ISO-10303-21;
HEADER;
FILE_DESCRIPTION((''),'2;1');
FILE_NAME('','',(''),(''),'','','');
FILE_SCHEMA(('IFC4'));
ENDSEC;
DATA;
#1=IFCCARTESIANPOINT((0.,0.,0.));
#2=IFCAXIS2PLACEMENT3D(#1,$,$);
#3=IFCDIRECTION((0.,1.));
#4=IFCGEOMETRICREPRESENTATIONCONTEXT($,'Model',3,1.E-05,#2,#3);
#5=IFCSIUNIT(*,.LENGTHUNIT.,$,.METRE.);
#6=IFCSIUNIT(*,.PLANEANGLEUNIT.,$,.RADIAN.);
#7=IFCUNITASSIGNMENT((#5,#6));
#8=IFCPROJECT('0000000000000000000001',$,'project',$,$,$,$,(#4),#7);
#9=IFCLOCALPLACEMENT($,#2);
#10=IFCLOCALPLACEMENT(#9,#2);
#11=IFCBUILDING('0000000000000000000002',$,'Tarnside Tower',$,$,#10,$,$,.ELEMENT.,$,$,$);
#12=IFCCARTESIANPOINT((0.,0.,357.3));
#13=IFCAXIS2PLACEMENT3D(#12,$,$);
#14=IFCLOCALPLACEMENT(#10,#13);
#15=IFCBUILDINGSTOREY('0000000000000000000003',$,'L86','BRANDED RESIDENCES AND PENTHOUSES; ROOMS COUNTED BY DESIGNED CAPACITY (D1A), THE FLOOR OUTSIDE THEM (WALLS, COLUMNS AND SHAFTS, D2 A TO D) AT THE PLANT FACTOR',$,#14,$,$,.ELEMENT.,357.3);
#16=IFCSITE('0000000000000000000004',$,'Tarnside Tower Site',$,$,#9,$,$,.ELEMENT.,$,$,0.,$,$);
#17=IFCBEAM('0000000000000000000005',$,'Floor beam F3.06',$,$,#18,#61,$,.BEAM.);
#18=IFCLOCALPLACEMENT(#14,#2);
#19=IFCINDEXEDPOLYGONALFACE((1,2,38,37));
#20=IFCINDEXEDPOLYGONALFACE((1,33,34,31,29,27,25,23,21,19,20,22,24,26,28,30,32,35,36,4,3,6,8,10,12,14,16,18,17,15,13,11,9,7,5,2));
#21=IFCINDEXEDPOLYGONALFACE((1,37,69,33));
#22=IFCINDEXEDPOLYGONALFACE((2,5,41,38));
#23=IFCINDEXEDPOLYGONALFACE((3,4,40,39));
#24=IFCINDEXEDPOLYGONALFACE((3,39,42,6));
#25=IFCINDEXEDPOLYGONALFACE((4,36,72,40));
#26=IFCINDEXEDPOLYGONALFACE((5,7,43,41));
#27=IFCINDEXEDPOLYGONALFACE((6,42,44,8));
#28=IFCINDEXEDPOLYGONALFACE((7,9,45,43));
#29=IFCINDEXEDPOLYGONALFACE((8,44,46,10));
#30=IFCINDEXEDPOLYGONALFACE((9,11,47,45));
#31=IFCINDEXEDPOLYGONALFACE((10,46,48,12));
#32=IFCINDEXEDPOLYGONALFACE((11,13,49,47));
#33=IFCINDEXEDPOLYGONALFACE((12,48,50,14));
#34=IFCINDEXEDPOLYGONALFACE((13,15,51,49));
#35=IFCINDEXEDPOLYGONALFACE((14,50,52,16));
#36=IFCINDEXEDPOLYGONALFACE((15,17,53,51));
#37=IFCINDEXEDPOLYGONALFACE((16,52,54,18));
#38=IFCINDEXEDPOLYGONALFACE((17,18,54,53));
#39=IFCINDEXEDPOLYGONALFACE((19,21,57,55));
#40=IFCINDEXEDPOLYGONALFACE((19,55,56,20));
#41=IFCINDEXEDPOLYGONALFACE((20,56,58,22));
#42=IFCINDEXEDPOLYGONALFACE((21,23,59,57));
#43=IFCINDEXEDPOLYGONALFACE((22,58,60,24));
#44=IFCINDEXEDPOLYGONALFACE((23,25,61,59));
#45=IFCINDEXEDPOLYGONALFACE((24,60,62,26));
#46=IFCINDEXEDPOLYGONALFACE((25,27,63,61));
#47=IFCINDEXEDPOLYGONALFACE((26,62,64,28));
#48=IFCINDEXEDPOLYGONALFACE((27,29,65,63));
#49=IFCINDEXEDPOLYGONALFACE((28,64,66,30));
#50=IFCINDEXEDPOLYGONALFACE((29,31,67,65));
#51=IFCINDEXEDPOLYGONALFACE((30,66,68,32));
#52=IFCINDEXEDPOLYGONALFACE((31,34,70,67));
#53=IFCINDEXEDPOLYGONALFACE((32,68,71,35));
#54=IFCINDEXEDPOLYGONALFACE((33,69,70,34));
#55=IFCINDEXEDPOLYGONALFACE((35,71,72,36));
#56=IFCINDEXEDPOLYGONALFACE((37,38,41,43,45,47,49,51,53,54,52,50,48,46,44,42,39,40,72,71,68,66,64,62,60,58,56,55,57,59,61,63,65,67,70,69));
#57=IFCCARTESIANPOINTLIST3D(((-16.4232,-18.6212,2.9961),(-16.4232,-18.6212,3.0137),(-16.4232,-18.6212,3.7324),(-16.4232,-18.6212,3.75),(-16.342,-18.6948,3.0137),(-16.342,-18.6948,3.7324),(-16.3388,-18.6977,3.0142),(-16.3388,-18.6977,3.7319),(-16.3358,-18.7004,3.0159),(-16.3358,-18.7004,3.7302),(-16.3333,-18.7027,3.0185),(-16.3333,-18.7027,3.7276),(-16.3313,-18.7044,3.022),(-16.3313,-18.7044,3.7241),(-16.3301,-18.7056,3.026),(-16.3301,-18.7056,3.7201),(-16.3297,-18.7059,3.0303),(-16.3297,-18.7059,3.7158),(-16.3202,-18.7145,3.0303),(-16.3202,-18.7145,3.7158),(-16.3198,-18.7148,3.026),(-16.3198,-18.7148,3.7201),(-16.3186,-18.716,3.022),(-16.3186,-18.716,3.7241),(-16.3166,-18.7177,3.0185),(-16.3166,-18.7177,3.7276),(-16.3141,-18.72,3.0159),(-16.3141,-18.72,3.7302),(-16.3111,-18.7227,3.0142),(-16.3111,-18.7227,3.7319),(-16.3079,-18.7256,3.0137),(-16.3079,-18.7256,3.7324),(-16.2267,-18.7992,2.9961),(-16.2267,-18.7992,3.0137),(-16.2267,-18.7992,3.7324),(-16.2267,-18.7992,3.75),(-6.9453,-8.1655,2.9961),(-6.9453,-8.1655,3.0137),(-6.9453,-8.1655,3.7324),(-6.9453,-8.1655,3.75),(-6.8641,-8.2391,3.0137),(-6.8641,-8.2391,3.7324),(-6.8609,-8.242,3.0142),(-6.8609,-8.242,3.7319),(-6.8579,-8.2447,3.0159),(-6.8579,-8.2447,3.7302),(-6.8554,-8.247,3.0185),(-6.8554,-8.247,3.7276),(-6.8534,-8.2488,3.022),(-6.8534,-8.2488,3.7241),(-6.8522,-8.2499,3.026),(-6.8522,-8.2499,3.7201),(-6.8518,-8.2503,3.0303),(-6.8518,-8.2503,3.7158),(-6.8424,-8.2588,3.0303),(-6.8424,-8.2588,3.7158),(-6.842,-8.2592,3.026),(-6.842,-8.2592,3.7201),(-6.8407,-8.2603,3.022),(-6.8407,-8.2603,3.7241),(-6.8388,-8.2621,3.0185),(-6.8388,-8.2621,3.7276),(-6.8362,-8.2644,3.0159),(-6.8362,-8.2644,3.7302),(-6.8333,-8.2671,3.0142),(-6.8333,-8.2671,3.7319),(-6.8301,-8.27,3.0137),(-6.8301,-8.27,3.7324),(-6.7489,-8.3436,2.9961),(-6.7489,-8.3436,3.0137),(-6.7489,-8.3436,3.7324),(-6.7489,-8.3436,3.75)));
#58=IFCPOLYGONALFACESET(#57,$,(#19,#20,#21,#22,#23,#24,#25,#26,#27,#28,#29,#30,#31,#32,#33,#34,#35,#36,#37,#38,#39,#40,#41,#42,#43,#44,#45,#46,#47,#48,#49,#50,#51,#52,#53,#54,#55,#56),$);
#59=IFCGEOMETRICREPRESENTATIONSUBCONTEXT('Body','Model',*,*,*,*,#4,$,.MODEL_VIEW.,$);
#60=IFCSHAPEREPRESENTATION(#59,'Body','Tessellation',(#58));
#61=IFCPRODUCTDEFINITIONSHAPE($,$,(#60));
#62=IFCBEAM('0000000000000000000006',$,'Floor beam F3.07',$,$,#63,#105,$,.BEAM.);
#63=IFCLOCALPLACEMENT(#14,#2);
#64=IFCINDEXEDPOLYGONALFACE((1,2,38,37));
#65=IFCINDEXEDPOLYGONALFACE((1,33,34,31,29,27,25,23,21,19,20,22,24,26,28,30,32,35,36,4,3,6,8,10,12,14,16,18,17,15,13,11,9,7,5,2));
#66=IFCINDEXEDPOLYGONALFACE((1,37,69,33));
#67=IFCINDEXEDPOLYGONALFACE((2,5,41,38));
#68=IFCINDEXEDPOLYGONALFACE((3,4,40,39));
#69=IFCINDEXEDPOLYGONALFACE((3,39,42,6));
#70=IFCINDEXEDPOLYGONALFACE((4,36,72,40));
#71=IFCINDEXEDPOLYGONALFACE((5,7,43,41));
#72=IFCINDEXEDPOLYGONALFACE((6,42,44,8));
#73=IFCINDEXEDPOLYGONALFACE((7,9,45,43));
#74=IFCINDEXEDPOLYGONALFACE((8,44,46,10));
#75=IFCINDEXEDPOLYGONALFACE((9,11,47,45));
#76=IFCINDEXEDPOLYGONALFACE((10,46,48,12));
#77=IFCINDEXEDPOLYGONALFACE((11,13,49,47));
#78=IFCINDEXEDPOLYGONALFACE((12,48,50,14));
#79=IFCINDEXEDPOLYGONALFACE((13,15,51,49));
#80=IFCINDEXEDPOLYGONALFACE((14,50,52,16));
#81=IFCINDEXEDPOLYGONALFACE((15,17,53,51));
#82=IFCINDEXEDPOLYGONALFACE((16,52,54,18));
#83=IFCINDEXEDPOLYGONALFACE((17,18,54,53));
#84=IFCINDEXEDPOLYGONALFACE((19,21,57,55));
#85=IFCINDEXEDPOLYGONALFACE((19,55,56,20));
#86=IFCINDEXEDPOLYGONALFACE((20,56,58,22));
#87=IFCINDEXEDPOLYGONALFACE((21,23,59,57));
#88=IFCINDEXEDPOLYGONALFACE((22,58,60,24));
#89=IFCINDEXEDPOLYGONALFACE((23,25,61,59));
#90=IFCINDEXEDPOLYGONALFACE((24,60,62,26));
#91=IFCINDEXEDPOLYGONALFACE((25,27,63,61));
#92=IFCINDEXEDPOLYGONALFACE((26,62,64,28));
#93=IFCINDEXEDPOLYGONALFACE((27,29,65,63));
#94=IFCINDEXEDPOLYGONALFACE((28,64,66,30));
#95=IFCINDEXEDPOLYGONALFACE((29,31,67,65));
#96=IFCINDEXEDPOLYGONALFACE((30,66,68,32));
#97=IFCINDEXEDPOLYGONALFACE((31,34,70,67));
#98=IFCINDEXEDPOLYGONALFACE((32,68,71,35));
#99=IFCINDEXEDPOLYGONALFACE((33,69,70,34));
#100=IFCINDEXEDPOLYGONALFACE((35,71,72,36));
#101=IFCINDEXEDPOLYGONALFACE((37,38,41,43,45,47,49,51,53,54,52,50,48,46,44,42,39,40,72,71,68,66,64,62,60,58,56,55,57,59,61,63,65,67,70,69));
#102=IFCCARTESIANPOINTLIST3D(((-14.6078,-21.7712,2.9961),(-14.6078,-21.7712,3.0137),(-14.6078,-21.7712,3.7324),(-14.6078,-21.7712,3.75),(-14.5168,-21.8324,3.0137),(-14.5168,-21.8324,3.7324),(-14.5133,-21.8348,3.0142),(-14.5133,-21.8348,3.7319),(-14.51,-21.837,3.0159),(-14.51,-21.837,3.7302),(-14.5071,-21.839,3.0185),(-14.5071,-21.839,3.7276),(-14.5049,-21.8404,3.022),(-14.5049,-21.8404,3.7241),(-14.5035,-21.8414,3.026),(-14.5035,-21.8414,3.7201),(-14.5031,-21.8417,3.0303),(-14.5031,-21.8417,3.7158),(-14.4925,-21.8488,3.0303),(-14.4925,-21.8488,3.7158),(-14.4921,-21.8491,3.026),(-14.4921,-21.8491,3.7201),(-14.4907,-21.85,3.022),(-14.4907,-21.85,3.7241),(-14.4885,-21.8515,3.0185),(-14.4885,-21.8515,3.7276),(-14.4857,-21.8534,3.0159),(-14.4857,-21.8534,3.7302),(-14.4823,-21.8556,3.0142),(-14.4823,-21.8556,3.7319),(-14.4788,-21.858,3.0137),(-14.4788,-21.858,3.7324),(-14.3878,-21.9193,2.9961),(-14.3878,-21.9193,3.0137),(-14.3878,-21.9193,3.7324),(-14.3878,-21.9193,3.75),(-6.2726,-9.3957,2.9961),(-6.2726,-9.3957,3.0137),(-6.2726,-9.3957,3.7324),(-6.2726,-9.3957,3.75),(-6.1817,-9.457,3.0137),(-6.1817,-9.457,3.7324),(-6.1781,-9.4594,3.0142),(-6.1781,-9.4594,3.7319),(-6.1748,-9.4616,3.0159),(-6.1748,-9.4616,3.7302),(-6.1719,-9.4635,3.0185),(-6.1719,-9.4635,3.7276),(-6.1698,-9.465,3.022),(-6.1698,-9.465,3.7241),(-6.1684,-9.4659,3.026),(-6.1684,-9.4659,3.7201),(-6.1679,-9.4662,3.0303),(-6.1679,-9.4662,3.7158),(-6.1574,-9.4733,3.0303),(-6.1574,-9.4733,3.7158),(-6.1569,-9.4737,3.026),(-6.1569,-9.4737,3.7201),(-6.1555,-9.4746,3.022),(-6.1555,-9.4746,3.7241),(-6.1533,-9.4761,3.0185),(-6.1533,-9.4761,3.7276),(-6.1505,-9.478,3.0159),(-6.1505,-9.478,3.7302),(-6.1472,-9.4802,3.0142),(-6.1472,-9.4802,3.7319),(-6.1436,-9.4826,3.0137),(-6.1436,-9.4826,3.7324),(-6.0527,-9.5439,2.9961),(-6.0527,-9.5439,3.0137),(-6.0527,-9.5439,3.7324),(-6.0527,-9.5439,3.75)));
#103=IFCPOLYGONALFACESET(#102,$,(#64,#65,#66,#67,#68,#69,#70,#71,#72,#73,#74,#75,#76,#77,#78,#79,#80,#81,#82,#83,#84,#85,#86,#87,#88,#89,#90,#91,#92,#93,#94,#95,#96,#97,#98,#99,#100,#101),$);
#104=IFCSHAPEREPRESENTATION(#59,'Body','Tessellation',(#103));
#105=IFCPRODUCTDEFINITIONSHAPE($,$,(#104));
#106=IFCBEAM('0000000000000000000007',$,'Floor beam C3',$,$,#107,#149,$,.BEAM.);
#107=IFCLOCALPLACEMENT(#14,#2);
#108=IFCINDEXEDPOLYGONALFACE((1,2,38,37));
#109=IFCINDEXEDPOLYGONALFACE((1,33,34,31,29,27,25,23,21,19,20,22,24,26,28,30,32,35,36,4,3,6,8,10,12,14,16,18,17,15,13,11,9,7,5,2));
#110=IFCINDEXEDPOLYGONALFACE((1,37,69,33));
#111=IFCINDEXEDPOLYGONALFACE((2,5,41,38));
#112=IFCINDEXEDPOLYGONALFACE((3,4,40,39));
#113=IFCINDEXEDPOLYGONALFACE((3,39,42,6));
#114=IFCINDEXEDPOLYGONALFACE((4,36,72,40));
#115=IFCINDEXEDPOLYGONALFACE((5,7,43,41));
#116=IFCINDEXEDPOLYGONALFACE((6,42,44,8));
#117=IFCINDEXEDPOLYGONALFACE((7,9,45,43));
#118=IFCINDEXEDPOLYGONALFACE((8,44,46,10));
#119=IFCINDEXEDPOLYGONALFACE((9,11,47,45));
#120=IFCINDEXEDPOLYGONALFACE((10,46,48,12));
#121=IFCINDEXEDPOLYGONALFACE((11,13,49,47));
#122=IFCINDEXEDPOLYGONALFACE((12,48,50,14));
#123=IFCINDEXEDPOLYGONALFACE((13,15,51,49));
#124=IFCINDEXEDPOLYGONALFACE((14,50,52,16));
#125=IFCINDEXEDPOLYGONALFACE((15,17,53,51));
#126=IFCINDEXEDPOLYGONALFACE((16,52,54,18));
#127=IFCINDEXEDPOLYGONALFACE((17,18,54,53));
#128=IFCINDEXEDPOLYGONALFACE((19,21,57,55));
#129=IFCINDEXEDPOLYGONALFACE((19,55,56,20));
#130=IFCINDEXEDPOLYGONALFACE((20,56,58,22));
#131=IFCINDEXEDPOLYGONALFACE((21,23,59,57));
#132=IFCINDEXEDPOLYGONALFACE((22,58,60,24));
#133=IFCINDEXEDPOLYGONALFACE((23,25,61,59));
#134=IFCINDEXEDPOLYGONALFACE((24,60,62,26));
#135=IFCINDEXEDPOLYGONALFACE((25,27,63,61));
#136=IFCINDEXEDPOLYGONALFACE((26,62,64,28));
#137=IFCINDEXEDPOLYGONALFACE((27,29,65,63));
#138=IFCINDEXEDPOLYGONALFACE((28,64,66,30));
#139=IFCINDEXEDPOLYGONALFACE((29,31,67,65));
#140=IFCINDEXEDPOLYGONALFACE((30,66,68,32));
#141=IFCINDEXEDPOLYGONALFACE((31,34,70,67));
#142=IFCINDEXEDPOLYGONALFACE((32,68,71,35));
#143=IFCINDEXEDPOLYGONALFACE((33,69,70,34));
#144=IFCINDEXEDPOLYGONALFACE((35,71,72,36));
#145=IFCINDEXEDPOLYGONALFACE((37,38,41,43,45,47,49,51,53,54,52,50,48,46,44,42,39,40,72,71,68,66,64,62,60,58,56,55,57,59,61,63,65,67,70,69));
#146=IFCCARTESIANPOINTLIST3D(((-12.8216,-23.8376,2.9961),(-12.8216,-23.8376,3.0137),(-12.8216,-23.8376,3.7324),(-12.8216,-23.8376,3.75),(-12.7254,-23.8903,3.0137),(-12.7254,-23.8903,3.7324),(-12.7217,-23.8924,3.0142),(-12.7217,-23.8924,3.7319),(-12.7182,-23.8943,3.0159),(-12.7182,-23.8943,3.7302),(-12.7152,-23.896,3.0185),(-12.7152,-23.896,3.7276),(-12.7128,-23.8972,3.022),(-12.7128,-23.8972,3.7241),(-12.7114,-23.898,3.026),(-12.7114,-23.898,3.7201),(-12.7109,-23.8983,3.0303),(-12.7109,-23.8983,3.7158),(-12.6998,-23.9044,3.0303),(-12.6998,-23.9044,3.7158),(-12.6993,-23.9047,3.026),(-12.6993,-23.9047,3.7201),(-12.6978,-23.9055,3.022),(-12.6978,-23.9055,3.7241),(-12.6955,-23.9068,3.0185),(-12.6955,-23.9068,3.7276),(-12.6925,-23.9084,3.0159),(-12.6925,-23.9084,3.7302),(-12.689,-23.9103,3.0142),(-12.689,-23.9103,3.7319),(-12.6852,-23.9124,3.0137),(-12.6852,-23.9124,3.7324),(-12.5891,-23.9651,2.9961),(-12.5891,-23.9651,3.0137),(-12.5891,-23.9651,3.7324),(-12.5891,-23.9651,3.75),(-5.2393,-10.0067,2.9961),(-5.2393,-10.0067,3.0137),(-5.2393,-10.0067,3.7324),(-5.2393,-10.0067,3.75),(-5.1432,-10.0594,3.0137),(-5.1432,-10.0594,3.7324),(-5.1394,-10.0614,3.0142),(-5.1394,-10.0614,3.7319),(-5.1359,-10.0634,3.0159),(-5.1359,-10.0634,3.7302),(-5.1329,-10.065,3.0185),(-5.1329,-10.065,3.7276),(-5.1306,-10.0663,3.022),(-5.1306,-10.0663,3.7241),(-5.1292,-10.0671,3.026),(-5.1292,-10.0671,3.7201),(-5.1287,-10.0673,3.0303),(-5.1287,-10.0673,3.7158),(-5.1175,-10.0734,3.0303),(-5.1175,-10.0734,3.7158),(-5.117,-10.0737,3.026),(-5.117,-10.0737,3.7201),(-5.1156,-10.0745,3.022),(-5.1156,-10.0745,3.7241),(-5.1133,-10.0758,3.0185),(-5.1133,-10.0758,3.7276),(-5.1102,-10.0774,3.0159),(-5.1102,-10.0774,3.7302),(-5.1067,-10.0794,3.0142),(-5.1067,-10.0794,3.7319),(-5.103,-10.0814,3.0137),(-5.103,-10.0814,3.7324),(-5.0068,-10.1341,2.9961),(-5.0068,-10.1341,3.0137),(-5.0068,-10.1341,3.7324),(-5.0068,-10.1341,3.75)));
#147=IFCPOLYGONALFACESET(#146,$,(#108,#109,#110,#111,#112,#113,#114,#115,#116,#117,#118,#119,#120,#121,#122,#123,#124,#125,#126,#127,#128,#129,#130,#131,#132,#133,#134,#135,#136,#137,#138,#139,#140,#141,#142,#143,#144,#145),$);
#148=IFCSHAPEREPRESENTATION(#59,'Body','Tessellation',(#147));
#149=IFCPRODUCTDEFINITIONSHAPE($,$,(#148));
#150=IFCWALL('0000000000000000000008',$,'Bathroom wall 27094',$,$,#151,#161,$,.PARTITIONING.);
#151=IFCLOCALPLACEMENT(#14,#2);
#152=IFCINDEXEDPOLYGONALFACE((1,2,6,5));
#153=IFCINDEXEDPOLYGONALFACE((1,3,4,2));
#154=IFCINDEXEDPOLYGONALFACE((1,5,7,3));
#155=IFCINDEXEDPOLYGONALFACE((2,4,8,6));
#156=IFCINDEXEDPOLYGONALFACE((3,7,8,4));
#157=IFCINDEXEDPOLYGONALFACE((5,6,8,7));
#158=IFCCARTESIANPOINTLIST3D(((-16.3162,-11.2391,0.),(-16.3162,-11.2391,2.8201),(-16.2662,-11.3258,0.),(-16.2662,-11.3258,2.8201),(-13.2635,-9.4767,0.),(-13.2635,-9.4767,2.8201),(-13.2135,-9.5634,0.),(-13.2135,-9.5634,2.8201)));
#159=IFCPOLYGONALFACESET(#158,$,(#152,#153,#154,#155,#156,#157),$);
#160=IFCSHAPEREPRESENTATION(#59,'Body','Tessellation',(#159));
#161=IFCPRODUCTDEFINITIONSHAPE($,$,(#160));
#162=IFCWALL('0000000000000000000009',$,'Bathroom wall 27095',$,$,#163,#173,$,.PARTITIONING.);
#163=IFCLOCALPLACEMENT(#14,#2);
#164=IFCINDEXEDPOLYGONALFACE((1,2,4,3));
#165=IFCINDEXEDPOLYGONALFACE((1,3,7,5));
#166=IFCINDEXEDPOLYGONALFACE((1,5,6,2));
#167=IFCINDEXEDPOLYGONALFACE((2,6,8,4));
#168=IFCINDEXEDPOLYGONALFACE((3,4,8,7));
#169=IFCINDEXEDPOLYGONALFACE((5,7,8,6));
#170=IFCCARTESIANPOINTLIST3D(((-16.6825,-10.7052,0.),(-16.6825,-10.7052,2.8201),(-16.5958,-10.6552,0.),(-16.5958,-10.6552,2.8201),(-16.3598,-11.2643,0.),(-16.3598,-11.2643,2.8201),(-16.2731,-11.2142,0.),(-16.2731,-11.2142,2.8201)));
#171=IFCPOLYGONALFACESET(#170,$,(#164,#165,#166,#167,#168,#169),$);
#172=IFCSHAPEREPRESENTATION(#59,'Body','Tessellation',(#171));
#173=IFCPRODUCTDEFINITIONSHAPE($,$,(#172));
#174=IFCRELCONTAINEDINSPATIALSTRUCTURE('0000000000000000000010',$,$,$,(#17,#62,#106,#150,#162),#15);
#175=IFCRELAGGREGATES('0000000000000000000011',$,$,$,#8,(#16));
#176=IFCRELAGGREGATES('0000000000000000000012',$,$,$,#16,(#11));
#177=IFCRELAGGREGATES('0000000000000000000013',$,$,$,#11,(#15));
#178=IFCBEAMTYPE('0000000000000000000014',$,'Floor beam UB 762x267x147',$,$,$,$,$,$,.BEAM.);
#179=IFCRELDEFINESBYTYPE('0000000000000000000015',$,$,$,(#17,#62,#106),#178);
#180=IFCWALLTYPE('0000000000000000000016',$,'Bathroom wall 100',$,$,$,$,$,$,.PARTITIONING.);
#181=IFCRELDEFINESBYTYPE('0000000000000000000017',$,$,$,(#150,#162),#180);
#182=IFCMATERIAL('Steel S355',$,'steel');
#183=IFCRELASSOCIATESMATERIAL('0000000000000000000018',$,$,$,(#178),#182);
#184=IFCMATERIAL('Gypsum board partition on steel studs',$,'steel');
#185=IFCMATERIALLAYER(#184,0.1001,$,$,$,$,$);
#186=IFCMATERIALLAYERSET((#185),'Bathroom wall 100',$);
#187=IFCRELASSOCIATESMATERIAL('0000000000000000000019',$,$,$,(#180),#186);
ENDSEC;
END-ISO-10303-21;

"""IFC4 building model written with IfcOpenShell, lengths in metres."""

from ifc_helpers import new_model, si_unit, direction, frame, frame_2d, origin, origin_2d, place, context, subcontext, project, spatial, rectangle, i_section, extrude, material, layer, layer_set, material_profile, profile_set, type_object, element, save


model = new_model("IFC4")

# Units and contexts
model_context = context("Model", 3, precision=1e-05, world=origin(), true_north=direction((0.0, 1.0)))
body_context = subcontext(model_context, "Body", "Model", "MODEL_VIEW")
ifc_project = project(units=[si_unit("LENGTHUNIT", "METRE"), si_unit("PLANEANGLEUNIT", "RADIAN")], contexts=[model_context])

# Site, building, storey
site_placement = place(None, origin())
site = spatial("IfcSite", under=ifc_project, at=site_placement, Name="Tarnside Tower Site", CompositionType="ELEMENT", RefElevation=0.0)
building_placement = place(site_placement, origin())
building = spatial("IfcBuilding", under=site, at=building_placement, Name="Tarnside Tower", CompositionType="ELEMENT")
storey_placement = place(building_placement, frame((0.0, 0.0, 357.3)))
storey = spatial("IfcBuildingStorey", under=building, at=storey_placement, Name="L86", Description="BRANDED RESIDENCES AND PENTHOUSES; ROOMS COUNTED BY DESIGNED CAPACITY (D1A), THE FLOOR OUTSIDE THEM (WALLS, COLUMNS AND SHAFTS, D2 A TO D) AT THE PLANT FACTOR", CompositionType="ELEMENT", Elevation=357.3)

# Beams
ifc_material_1 = material(Name="Steel S355", Category="steel")
ifc_material_profile_1 = material_profile(ifc_material_1, i_section(OverallWidth=0.2651, OverallDepth=0.7539, WebThickness=0.0127, FlangeThickness=0.0176, FilletRadius=0.0166, at=origin_2d()), Name="UB 762x267x147")
ifc_profile_set_1 = profile_set([ifc_material_profile_1], Name="Steel S355")
beam_type_1 = type_object("IfcBeamType", Name="Floor beam UB 762x267x147", PredefinedType="BEAM", material=ifc_profile_set_1)
beam_1_placement = place(storey_placement, frame((-16.325, -18.7102, 3.373), z_axis=(0.671614, 0.740901, 0.0), x_axis=(-0.740901, 0.671614, 0.0)))
element("IfcBeam", 1, at=beam_1_placement, inside=storey, type_object=beam_type_1, Name="Floor beam F3.06", PredefinedType="BEAM", context=body_context, shape_type="SweptSolid", body=[
    extrude(i_section(OverallWidth=0.2651, OverallDepth=0.7539, WebThickness=0.0127, FlangeThickness=0.0176, FilletRadius=0.0166, at=origin_2d()), origin(), (0.0, 0.0, 1.0), 14.1121),
])
beam_2_placement = place(storey_placement, frame((-14.4978, -21.8452, 3.373), z_axis=(0.558632, 0.829415, 0.0), x_axis=(-0.829415, 0.558632, 0.0)))
element("IfcBeam", 2, at=beam_2_placement, inside=storey, type_object=beam_type_1, Name="Floor beam F3.07", PredefinedType="BEAM", context=body_context, shape_type="SweptSolid", body=[
    extrude(i_section(OverallWidth=0.2651, OverallDepth=0.7539, WebThickness=0.0127, FlangeThickness=0.0176, FilletRadius=0.0166, at=origin_2d()), origin(), (0.0, 0.0, 1.0), 14.9207),
])
beam_3_placement = place(storey_placement, frame((-12.7053, -23.9014, 3.373), z_axis=(0.480711, 0.876879, 0.0), x_axis=(-0.876879, 0.480711, 0.0)))
element("IfcBeam", 3, at=beam_3_placement, inside=storey, type_object=beam_type_1, Name="Floor beam C3", PredefinedType="BEAM", context=body_context, shape_type="SweptSolid", body=[
    extrude(i_section(OverallWidth=0.2651, OverallDepth=0.7539, WebThickness=0.0127, FlangeThickness=0.0176, FilletRadius=0.0166, at=origin_2d()), origin(), (0.0, 0.0, 1.0), 15.7729),
])

# Walls
ifc_material_2 = material(Name="Gypsum board partition on steel studs", Category="steel")
ifc_layer_1 = layer(ifc_material_2, 0.1001)
ifc_layer_set_1 = layer_set([ifc_layer_1], Name="Bathroom wall 100")
wall_type_1 = type_object("IfcWallType", Name="Bathroom wall 100", PredefinedType="PARTITIONING", material=ifc_layer_set_1)
wall_1_placement = place(storey_placement, frame((-13.2385, -9.52, 0.0), z_axis=(0.0, 0.0, 1.0), x_axis=(-0.866031, -0.49999, 0.0)))
element("IfcWall", 4, at=wall_1_placement, inside=storey, type_object=wall_type_1, Name="Bathroom wall 27094", PredefinedType="PARTITIONING", context=body_context, shape_type="SweptSolid", body=[
    extrude(rectangle(XDim=3.5249, YDim=0.1001, at=frame_2d((1.7625, 0.0))), origin(), (0.0, 0.0, 1.0), 2.8201),
])
wall_2_placement = place(storey_placement, frame((-16.3164, -11.2393, 0.0), z_axis=(0.0, 0.0, 1.0), x_axis=(-0.499963, 0.866047, 0.0)))
element("IfcWall", 5, at=wall_2_placement, inside=storey, type_object=wall_type_1, Name="Bathroom wall 27095", PredefinedType="PARTITIONING", context=body_context, shape_type="SweptSolid", body=[
    extrude(rectangle(XDim=0.6455, YDim=0.1001, at=frame_2d((0.3228, 0.0))), origin(), (0.0, 0.0, 1.0), 2.8201),
])

save(model, "model.ifc")
